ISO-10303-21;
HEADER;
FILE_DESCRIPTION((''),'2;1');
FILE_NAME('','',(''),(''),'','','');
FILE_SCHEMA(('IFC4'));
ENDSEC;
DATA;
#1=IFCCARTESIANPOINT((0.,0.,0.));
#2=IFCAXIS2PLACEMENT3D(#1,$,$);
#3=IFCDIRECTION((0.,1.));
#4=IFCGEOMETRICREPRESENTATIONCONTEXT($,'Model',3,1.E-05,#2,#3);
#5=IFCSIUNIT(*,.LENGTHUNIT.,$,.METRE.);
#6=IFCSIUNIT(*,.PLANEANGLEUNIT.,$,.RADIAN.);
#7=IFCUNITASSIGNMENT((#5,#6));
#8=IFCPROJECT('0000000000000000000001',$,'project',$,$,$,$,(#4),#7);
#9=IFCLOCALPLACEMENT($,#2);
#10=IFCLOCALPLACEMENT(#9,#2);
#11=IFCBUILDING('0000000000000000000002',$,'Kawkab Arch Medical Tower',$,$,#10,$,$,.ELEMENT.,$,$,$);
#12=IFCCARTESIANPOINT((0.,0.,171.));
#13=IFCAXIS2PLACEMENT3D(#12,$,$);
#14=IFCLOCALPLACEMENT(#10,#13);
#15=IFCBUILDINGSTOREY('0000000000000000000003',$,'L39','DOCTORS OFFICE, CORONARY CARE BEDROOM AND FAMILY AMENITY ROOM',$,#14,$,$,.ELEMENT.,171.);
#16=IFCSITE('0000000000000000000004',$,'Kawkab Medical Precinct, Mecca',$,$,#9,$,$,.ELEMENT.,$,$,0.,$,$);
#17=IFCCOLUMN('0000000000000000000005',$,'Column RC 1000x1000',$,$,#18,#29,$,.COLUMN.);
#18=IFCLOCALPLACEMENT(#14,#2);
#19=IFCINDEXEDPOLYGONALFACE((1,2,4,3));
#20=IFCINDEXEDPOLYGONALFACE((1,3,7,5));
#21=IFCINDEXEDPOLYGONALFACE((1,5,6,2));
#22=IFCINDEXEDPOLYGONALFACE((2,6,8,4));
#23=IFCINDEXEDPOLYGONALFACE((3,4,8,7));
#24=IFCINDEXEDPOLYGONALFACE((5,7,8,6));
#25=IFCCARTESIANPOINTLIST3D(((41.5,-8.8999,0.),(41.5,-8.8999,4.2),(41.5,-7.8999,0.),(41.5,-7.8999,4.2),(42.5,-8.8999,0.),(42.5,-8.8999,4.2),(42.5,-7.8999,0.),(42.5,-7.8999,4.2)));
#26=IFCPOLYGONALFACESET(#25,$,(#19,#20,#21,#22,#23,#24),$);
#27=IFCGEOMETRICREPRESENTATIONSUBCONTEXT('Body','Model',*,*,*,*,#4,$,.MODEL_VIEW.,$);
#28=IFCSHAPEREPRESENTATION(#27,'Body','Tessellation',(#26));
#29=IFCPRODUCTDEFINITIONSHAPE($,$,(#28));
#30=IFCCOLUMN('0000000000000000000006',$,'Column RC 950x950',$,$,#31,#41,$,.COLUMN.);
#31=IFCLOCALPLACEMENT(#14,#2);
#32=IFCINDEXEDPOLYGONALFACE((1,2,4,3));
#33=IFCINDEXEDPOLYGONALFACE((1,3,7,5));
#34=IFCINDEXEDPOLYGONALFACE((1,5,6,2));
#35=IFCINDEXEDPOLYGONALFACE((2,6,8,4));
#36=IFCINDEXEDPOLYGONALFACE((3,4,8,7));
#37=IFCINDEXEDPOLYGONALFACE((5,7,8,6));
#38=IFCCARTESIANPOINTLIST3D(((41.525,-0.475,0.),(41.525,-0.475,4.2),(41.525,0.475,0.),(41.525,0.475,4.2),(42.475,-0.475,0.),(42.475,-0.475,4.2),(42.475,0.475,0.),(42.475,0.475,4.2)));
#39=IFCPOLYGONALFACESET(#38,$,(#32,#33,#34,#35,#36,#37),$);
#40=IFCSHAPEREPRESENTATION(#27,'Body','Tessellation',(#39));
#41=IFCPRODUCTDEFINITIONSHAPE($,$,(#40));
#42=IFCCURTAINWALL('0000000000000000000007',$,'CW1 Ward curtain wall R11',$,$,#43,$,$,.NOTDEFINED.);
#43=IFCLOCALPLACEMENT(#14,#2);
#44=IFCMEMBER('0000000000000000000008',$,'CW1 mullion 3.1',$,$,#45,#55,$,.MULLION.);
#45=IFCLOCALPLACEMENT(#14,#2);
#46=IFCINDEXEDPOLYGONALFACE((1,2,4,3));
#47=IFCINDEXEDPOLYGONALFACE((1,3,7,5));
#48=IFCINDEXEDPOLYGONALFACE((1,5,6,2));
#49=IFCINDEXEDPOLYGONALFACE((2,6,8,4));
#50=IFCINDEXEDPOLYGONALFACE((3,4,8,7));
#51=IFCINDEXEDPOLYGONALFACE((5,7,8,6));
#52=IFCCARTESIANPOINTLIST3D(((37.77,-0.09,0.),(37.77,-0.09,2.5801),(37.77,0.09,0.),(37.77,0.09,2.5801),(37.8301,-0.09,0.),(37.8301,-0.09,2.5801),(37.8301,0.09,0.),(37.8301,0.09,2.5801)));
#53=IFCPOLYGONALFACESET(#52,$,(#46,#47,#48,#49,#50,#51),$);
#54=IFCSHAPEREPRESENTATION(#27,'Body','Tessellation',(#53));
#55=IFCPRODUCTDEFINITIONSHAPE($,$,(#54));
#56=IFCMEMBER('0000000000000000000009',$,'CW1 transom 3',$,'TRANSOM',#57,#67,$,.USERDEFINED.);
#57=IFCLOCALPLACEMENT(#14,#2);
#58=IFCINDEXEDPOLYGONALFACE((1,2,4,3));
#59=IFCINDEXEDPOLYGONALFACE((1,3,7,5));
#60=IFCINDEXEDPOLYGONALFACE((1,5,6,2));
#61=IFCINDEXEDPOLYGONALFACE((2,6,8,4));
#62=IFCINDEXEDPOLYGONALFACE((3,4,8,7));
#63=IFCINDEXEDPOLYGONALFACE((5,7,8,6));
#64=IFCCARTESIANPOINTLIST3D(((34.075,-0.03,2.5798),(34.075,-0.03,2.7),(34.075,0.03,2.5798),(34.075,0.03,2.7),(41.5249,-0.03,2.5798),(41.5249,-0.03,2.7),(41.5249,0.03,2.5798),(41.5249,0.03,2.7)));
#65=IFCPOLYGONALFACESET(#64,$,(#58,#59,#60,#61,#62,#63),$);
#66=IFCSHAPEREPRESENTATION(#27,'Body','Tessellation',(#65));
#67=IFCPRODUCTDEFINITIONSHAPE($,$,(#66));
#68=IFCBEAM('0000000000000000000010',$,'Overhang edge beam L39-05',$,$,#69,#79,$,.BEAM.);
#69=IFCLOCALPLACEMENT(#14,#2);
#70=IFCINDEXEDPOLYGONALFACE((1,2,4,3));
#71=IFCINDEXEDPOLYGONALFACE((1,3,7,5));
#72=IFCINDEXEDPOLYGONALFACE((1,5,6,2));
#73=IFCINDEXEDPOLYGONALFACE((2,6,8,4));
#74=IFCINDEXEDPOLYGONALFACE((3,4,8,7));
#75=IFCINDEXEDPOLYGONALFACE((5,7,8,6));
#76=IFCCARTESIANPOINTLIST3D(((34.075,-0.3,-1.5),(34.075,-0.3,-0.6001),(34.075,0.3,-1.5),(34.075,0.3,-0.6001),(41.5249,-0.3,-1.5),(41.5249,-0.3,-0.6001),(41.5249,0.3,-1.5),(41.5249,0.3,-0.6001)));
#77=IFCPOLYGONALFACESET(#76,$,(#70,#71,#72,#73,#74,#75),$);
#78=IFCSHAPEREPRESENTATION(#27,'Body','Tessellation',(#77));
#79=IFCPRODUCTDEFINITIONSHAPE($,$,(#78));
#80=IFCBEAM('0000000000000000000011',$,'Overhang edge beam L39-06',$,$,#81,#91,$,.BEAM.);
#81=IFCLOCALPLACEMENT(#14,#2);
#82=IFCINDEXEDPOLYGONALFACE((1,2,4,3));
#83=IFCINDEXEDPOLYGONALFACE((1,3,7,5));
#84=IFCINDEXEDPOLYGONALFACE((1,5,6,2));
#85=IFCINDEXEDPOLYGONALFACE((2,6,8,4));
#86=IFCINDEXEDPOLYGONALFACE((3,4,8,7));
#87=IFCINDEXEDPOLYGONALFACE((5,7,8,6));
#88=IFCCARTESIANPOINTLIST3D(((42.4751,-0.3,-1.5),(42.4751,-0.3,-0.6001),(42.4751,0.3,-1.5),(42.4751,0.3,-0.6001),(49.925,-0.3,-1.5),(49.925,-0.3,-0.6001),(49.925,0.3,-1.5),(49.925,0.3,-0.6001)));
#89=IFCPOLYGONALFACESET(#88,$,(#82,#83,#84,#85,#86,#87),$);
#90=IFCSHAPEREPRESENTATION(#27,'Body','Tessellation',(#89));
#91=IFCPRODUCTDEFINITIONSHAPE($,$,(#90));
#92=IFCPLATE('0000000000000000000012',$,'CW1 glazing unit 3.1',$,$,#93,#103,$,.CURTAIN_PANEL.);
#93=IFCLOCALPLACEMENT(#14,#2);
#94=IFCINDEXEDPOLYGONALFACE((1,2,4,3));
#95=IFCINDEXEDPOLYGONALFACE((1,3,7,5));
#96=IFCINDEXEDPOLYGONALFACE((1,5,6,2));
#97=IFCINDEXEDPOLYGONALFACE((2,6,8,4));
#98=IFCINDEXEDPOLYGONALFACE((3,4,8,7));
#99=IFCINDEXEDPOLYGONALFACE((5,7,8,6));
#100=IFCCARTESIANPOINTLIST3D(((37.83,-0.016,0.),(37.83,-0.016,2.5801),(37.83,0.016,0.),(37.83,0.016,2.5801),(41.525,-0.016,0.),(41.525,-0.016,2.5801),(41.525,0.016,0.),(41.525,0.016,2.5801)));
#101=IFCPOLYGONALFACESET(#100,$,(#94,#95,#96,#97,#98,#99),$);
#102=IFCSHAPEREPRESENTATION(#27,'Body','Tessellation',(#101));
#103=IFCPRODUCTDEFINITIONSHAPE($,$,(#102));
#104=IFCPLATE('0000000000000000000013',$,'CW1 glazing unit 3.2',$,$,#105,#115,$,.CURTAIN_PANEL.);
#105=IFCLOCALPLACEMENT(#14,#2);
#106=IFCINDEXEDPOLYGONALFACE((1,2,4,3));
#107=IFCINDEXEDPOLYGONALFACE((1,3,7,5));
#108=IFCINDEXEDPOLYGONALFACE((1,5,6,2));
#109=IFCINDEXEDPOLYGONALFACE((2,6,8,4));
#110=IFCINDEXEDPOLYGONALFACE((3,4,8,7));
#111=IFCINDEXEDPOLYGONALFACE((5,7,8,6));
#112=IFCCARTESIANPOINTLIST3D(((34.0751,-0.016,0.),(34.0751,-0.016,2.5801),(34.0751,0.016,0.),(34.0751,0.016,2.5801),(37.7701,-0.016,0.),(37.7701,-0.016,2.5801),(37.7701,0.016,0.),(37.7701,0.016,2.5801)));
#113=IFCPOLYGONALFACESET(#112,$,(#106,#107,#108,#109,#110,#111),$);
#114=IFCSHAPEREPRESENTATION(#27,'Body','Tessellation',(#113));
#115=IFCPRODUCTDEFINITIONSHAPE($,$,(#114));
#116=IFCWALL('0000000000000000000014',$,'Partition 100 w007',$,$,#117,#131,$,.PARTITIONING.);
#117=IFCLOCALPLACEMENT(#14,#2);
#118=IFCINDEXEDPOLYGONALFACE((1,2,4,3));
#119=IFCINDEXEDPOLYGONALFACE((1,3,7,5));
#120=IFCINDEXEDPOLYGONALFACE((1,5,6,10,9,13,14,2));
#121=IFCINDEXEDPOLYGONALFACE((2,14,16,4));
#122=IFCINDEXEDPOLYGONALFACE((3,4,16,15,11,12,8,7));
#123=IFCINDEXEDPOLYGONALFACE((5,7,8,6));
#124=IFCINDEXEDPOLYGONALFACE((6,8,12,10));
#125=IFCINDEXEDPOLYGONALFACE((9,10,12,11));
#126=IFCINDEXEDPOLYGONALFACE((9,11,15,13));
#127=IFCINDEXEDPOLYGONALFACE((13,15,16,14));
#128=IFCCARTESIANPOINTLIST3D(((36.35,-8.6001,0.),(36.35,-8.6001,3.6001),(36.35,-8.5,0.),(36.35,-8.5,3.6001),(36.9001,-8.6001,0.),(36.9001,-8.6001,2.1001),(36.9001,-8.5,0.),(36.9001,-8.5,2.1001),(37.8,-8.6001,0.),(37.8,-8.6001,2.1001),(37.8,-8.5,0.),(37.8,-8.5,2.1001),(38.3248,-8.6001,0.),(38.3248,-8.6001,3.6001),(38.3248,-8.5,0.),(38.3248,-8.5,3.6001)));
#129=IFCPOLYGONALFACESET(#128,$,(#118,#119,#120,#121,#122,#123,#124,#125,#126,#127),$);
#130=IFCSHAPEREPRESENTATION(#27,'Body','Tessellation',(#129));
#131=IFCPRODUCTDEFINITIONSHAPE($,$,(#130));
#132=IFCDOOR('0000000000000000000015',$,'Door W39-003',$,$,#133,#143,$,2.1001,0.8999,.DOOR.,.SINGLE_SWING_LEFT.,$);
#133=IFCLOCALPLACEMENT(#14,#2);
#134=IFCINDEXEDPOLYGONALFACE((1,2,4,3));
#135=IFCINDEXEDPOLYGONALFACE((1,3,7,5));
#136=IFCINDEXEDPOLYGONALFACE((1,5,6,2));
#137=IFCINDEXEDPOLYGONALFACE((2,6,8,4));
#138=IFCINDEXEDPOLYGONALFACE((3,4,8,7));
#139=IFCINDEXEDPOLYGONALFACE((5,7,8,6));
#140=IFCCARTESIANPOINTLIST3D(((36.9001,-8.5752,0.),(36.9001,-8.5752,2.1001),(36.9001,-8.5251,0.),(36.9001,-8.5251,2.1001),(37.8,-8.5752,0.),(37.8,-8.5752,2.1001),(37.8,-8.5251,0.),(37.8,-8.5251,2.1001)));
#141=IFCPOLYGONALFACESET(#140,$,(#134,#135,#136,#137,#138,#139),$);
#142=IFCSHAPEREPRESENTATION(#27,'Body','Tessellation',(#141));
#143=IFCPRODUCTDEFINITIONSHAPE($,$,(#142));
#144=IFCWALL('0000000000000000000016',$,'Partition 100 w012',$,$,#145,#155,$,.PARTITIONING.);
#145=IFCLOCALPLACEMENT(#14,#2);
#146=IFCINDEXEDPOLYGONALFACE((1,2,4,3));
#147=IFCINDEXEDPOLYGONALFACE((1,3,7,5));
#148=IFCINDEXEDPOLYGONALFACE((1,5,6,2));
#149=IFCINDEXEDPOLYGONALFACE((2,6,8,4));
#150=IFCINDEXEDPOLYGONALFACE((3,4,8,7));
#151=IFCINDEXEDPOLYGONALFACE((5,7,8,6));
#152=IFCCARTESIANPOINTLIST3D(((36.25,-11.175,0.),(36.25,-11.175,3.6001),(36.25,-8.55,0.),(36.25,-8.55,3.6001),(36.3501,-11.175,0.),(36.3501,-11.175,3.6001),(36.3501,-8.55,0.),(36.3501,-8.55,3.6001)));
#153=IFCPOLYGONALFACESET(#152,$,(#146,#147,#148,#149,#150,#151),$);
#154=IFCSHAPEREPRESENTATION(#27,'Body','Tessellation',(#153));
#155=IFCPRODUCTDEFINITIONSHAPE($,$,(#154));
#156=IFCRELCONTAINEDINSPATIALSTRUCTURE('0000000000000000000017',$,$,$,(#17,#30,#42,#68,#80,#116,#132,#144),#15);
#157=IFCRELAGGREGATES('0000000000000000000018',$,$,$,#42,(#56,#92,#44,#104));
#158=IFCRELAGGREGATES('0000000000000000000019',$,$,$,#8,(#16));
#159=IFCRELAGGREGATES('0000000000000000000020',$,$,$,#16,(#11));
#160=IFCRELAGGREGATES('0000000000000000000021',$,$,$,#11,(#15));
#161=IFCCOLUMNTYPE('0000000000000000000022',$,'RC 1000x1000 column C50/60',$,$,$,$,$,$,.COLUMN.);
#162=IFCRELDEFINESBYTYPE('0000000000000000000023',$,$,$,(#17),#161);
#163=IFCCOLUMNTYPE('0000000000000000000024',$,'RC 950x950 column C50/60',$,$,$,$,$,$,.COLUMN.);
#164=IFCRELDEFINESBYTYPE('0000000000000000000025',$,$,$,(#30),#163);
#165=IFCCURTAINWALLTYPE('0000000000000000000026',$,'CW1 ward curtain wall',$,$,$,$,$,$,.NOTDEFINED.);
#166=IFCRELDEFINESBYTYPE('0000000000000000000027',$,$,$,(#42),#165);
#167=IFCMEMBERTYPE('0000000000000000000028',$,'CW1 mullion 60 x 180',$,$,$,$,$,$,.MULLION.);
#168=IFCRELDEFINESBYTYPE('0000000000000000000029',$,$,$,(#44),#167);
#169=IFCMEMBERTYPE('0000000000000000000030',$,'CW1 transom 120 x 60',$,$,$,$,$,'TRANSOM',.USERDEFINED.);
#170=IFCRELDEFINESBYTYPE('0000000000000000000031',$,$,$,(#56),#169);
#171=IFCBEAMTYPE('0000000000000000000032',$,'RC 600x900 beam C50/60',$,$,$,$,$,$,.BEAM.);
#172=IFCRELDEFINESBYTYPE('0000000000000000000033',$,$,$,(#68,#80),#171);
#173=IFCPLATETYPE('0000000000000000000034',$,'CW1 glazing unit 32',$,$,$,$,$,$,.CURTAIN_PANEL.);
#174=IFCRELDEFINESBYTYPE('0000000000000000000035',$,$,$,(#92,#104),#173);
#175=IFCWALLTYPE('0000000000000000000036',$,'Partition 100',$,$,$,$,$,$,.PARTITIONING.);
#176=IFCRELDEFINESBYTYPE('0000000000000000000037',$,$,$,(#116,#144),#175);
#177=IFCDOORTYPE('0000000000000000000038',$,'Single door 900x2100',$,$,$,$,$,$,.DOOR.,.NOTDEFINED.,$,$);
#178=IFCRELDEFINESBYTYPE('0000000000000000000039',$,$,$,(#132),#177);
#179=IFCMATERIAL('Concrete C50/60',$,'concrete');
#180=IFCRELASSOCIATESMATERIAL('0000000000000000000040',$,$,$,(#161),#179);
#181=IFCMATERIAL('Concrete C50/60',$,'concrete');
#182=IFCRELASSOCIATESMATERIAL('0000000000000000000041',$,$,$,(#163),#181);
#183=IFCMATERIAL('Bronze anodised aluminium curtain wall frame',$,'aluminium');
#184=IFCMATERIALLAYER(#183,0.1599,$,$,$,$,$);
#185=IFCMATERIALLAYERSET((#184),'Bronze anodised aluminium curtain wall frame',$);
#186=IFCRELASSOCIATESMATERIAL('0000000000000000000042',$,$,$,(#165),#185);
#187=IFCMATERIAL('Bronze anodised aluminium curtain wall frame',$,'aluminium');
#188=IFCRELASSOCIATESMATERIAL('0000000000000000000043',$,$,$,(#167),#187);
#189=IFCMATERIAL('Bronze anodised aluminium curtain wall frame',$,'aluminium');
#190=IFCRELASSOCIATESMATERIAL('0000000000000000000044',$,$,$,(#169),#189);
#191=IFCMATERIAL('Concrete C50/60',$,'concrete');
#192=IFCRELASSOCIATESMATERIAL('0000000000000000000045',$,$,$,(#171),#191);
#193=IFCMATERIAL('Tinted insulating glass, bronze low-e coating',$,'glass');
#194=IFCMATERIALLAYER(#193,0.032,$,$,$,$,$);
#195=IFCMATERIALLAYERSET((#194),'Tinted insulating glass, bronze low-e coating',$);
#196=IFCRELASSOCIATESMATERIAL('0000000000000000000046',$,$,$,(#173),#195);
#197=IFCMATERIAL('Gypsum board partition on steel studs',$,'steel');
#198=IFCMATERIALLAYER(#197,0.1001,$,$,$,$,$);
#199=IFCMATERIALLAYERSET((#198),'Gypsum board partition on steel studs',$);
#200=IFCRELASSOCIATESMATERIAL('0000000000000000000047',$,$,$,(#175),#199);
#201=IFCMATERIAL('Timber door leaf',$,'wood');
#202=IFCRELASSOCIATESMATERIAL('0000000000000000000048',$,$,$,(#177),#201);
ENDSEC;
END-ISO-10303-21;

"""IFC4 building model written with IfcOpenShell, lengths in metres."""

from ifc_helpers import new_model, si_unit, direction, frame, frame_2d, origin, origin_2d, place, context, subcontext, project, spatial, rectangle, extrude, material, layer, layer_set, material_profile, profile_set, type_object, element, fill, aggregate, save


model = new_model("IFC4")

# Units and contexts
model_context = context("Model", 3, precision=1e-05, world=origin(), true_north=direction((0.0, 1.0)))
body_context = subcontext(model_context, "Body", "Model", "MODEL_VIEW")
ifc_project = project(units=[si_unit("LENGTHUNIT", "METRE"), si_unit("PLANEANGLEUNIT", "RADIAN")], contexts=[model_context])

# Site, building, storey
site_placement = place(None, origin())
site = spatial("IfcSite", under=ifc_project, at=site_placement, Name="Kawkab Medical Precinct, Mecca", CompositionType="ELEMENT", RefElevation=0.0)
building_placement = place(site_placement, origin())
building = spatial("IfcBuilding", under=site, at=building_placement, Name="Kawkab Arch Medical Tower", CompositionType="ELEMENT")
storey_placement = place(building_placement, frame((0.0, 0.0, 171.0)))
storey = spatial("IfcBuildingStorey", under=building, at=storey_placement, Name="L39", Description="DOCTORS OFFICE, CORONARY CARE BEDROOM AND FAMILY AMENITY ROOM", CompositionType="ELEMENT", Elevation=171.0)

# Columns
ifc_material_1 = material(Name="Concrete C50/60", Category="concrete")
ifc_material_profile_1 = material_profile(ifc_material_1, rectangle(XDim=1.0, YDim=1.0, at=origin_2d()), Name="RC 1000x1000")
ifc_profile_set_1 = profile_set([ifc_material_profile_1], Name="Concrete C50/60")
column_type_1 = type_object("IfcColumnType", Name="RC 1000x1000 column C50/60", PredefinedType="COLUMN", material=ifc_profile_set_1)
column_1_placement = place(storey_placement, frame((42.0, -8.3999, 0.0), z_axis=(0.0, 0.0, 1.0), x_axis=(1.0, 0.0, 0.0)))
element("IfcColumn", 1, at=column_1_placement, inside=storey, type_object=column_type_1, Name="Column RC 1000x1000", PredefinedType="COLUMN", context=body_context, shape_type="SweptSolid", body=[
    extrude(rectangle(XDim=1.0, YDim=1.0, at=origin_2d()), origin(), (0.0, 0.0, 1.0), 4.2),
])
ifc_material_2 = material(Name="Concrete C50/60", Category="concrete")
ifc_material_profile_2 = material_profile(ifc_material_2, rectangle(XDim=0.95, YDim=0.95, at=origin_2d()), Name="RC 950x950")
ifc_profile_set_2 = profile_set([ifc_material_profile_2], Name="Concrete C50/60")
column_type_2 = type_object("IfcColumnType", Name="RC 950x950 column C50/60", PredefinedType="COLUMN", material=ifc_profile_set_2)
column_2_placement = place(storey_placement, frame((42.0, 0.0, 0.0), z_axis=(0.0, 0.0, 1.0), x_axis=(1.0, 0.0, 0.0)))
element("IfcColumn", 2, at=column_2_placement, inside=storey, type_object=column_type_2, Name="Column RC 950x950", PredefinedType="COLUMN", context=body_context, shape_type="SweptSolid", body=[
    extrude(rectangle(XDim=0.95, YDim=0.95, at=origin_2d()), origin(), (0.0, 0.0, 1.0), 4.2),
])

# Curtain wall, members
ifc_material_3 = material(Name="Bronze anodised aluminium curtain wall frame", Category="aluminium")
ifc_layer_1 = layer(ifc_material_3, 0.1599)
ifc_layer_set_1 = layer_set([ifc_layer_1], Name="Bronze anodised aluminium curtain wall frame")
curtain_wall_type = type_object("IfcCurtainWallType", Name="CW1 ward curtain wall", PredefinedType="NOTDEFINED", material=ifc_layer_set_1)
curtain_wall_placement = place(storey_placement, origin())
curtain_wall = element("IfcCurtainWall", 3, at=curtain_wall_placement, inside=storey, type_object=curtain_wall_type, Name="CW1 Ward curtain wall R11", PredefinedType="NOTDEFINED")
ifc_material_4 = material(Name="Bronze anodised aluminium curtain wall frame", Category="aluminium")
ifc_material_profile_3 = material_profile(ifc_material_4, rectangle(XDim=0.1799, YDim=0.0601, at=origin_2d()), Name="AL 60x180")
ifc_profile_set_3 = profile_set([ifc_material_profile_3], Name="Bronze anodised aluminium curtain wall frame")
member_type_1 = type_object("IfcMemberType", Name="CW1 mullion 60 x 180", PredefinedType="MULLION", material=ifc_profile_set_3)
member_1_placement = place(storey_placement, frame((37.8, 0.0, 0.0), z_axis=(0.0, 0.0, 1.0), x_axis=(0.0, -1.0, 0.0)))
member_1 = element("IfcMember", 4, at=member_1_placement, type_object=member_type_1, Name="CW1 mullion 3.1", PredefinedType="MULLION", context=body_context, shape_type="SweptSolid", body=[
    extrude(rectangle(XDim=0.1799, YDim=0.0601, at=origin_2d()), origin(), (0.0, 0.0, 1.0), 2.5801),
])
ifc_material_5 = material(Name="Bronze anodised aluminium curtain wall frame", Category="aluminium")
ifc_material_profile_4 = material_profile(ifc_material_5, rectangle(XDim=0.0601, YDim=0.1201, at=origin_2d()), Name="AL 60x120")
ifc_profile_set_4 = profile_set([ifc_material_profile_4], Name="Bronze anodised aluminium curtain wall frame")
member_type_2 = type_object("IfcMemberType", Name="CW1 transom 120 x 60", ElementType="TRANSOM", PredefinedType="USERDEFINED", material=ifc_profile_set_4)
member_2_placement = place(storey_placement, frame((41.5249, 0.0, 2.6399), z_axis=(-1.0, 0.0, 0.0), x_axis=(0.0, -1.0, 0.0)))
member_2 = element("IfcMember", 5, at=member_2_placement, type_object=member_type_2, Name="CW1 transom 3", ObjectType="TRANSOM", PredefinedType="USERDEFINED", context=body_context, shape_type="SweptSolid", body=[
    extrude(rectangle(XDim=0.0601, YDim=0.1201, at=origin_2d()), origin(), (0.0, 0.0, 1.0), 7.45),
])

# Beams
ifc_material_6 = material(Name="Concrete C50/60", Category="concrete")
ifc_material_profile_5 = material_profile(ifc_material_6, rectangle(XDim=0.6001, YDim=0.8999, at=origin_2d()), Name="RC 600x900")
ifc_profile_set_5 = profile_set([ifc_material_profile_5], Name="Concrete C50/60")
beam_type = type_object("IfcBeamType", Name="RC 600x900 beam C50/60", PredefinedType="BEAM", material=ifc_profile_set_5)
for number, where, z_axis, x_axis, name in (
    (6, (34.075, 0.0, -1.05), (1.0, 0.0, 0.0), (0.0, 1.0, 0.0), "Overhang edge beam L39-05"),
    (7, (42.4751, 0.0, -1.05), (1.0, 0.0, 0.0), (0.0, 1.0, 0.0), "Overhang edge beam L39-06"),
):
    element("IfcBeam", number, at=place(storey_placement, frame(where, z_axis=z_axis, x_axis=x_axis)), inside=storey, type_object=beam_type, Name=name, PredefinedType="BEAM", context=body_context, shape_type="SweptSolid", body=[
        extrude(rectangle(XDim=0.6001, YDim=0.8999, at=origin_2d()), origin(), (0.0, 0.0, 1.0), 7.45),
    ])

# Plates
ifc_material_7 = material(Name="Tinted insulating glass, bronze low-e coating", Category="glass")
ifc_layer_2 = layer(ifc_material_7, 0.032)
ifc_layer_set_2 = layer_set([ifc_layer_2], Name="Tinted insulating glass, bronze low-e coating")
plate_type = type_object("IfcPlateType", Name="CW1 glazing unit 32", PredefinedType="CURTAIN_PANEL", material=ifc_layer_set_2)
plate_1_placement = place(storey_placement, frame((39.6775, 0.0, 0.0), z_axis=(0.0, 0.0, 1.0), x_axis=(-1.0, 0.0, 0.0)))
plate_1 = element("IfcPlate", 8, at=plate_1_placement, type_object=plate_type, Name="CW1 glazing unit 3.1", PredefinedType="CURTAIN_PANEL", context=body_context, shape_type="SweptSolid", body=[
    extrude(rectangle(XDim=3.6951, YDim=0.032, at=origin_2d()), origin(), (0.0, 0.0, 1.0), 2.5801),
])
plate_2_placement = place(storey_placement, frame((35.9226, 0.0, 0.0), z_axis=(0.0, 0.0, 1.0), x_axis=(-1.0, 0.0, 0.0)))
plate_2 = element("IfcPlate", 9, at=plate_2_placement, type_object=plate_type, Name="CW1 glazing unit 3.2", PredefinedType="CURTAIN_PANEL", context=body_context, shape_type="SweptSolid", body=[
    extrude(rectangle(XDim=3.6951, YDim=0.032, at=origin_2d()), origin(), (0.0, 0.0, 1.0), 2.5801),
])
aggregate(curtain_wall, [member_2, plate_1, member_1, plate_2])

# Wall, opening, door
ifc_material_8 = material(Name="Gypsum board partition on steel studs", Category="steel")
ifc_layer_3 = layer(ifc_material_8, 0.1001)
ifc_layer_set_3 = layer_set([ifc_layer_3], Name="Gypsum board partition on steel studs")
wall_type_1 = type_object("IfcWallType", Name="Partition 100", PredefinedType="PARTITIONING", material=ifc_layer_set_3)
wall_1_placement = place(storey_placement, frame((36.3501, -8.55, 0.0), z_axis=(0.0, 0.0, 1.0), x_axis=(1.0, 0.0, 0.0)))
wall_1 = element("IfcWall", 10, at=wall_1_placement, inside=storey, type_object=wall_type_1, Name="Partition 100 w007", PredefinedType="PARTITIONING", context=body_context, shape_type="SweptSolid", body=[
    extrude(rectangle(XDim=1.9749, YDim=0.1001, at=frame_2d((0.9873, 0.0))), origin(), (0.0, 0.0, 1.0), 3.6001),
])
opening_1_placement = place(wall_1_placement, frame((0.55, 0.0, 0.0)))
opening_1 = element("IfcOpeningElement", 11, at=opening_1_placement, cuts=wall_1, PredefinedType="OPENING", context=body_context, shape_type="SweptSolid", body=[
    extrude(rectangle(XDim=0.8999, YDim=2.1001, at=frame_2d((0.45, 1.05))), frame((0.0, 0.0601, 0.0), z_axis=(0.0, -1.0, 0.0), x_axis=(1.0, 0.0, 0.0)), (0.0, 0.0, 1.0), 0.1201),
])
ifc_material_9 = material(Name="Timber door leaf", Category="wood")
door_type_1 = type_object("IfcDoorType", Name="Single door 900x2100", OperationType="NOTDEFINED", PredefinedType="DOOR", material=ifc_material_9)
door_1_placement = place(opening_1_placement, origin())
door_1 = element("IfcDoor", 12, at=door_1_placement, inside=storey, type_object=door_type_1, Name="Door W39-003", OperationType="SINGLE_SWING_LEFT", OverallHeight=2.1001, OverallWidth=0.8999, PredefinedType="DOOR", context=body_context, shape_type="SweptSolid", body=[
    extrude(rectangle(XDim=0.8999, YDim=2.1001, at=frame_2d((0.45, 1.05))), frame((0.0, 0.0249, 0.0), z_axis=(0.0, -1.0, 0.0), x_axis=(1.0, 0.0, 0.0)), (0.0, 0.0, 1.0), 0.05),
])
fill(opening_1, door_1)

# Wall
wall_2_placement = place(storey_placement, frame((36.3, -11.175, 0.0), z_axis=(0.0, 0.0, 1.0), x_axis=(0.0, 1.0, 0.0)))
element("IfcWall", 13, at=wall_2_placement, inside=storey, type_object=wall_type_1, Name="Partition 100 w012", PredefinedType="PARTITIONING", context=body_context, shape_type="SweptSolid", body=[
    extrude(rectangle(XDim=2.625, YDim=0.1001, at=frame_2d((1.3125, 0.0))), origin(), (0.0, 0.0, 1.0), 3.6001),
])

save(model, "model.ifc")
